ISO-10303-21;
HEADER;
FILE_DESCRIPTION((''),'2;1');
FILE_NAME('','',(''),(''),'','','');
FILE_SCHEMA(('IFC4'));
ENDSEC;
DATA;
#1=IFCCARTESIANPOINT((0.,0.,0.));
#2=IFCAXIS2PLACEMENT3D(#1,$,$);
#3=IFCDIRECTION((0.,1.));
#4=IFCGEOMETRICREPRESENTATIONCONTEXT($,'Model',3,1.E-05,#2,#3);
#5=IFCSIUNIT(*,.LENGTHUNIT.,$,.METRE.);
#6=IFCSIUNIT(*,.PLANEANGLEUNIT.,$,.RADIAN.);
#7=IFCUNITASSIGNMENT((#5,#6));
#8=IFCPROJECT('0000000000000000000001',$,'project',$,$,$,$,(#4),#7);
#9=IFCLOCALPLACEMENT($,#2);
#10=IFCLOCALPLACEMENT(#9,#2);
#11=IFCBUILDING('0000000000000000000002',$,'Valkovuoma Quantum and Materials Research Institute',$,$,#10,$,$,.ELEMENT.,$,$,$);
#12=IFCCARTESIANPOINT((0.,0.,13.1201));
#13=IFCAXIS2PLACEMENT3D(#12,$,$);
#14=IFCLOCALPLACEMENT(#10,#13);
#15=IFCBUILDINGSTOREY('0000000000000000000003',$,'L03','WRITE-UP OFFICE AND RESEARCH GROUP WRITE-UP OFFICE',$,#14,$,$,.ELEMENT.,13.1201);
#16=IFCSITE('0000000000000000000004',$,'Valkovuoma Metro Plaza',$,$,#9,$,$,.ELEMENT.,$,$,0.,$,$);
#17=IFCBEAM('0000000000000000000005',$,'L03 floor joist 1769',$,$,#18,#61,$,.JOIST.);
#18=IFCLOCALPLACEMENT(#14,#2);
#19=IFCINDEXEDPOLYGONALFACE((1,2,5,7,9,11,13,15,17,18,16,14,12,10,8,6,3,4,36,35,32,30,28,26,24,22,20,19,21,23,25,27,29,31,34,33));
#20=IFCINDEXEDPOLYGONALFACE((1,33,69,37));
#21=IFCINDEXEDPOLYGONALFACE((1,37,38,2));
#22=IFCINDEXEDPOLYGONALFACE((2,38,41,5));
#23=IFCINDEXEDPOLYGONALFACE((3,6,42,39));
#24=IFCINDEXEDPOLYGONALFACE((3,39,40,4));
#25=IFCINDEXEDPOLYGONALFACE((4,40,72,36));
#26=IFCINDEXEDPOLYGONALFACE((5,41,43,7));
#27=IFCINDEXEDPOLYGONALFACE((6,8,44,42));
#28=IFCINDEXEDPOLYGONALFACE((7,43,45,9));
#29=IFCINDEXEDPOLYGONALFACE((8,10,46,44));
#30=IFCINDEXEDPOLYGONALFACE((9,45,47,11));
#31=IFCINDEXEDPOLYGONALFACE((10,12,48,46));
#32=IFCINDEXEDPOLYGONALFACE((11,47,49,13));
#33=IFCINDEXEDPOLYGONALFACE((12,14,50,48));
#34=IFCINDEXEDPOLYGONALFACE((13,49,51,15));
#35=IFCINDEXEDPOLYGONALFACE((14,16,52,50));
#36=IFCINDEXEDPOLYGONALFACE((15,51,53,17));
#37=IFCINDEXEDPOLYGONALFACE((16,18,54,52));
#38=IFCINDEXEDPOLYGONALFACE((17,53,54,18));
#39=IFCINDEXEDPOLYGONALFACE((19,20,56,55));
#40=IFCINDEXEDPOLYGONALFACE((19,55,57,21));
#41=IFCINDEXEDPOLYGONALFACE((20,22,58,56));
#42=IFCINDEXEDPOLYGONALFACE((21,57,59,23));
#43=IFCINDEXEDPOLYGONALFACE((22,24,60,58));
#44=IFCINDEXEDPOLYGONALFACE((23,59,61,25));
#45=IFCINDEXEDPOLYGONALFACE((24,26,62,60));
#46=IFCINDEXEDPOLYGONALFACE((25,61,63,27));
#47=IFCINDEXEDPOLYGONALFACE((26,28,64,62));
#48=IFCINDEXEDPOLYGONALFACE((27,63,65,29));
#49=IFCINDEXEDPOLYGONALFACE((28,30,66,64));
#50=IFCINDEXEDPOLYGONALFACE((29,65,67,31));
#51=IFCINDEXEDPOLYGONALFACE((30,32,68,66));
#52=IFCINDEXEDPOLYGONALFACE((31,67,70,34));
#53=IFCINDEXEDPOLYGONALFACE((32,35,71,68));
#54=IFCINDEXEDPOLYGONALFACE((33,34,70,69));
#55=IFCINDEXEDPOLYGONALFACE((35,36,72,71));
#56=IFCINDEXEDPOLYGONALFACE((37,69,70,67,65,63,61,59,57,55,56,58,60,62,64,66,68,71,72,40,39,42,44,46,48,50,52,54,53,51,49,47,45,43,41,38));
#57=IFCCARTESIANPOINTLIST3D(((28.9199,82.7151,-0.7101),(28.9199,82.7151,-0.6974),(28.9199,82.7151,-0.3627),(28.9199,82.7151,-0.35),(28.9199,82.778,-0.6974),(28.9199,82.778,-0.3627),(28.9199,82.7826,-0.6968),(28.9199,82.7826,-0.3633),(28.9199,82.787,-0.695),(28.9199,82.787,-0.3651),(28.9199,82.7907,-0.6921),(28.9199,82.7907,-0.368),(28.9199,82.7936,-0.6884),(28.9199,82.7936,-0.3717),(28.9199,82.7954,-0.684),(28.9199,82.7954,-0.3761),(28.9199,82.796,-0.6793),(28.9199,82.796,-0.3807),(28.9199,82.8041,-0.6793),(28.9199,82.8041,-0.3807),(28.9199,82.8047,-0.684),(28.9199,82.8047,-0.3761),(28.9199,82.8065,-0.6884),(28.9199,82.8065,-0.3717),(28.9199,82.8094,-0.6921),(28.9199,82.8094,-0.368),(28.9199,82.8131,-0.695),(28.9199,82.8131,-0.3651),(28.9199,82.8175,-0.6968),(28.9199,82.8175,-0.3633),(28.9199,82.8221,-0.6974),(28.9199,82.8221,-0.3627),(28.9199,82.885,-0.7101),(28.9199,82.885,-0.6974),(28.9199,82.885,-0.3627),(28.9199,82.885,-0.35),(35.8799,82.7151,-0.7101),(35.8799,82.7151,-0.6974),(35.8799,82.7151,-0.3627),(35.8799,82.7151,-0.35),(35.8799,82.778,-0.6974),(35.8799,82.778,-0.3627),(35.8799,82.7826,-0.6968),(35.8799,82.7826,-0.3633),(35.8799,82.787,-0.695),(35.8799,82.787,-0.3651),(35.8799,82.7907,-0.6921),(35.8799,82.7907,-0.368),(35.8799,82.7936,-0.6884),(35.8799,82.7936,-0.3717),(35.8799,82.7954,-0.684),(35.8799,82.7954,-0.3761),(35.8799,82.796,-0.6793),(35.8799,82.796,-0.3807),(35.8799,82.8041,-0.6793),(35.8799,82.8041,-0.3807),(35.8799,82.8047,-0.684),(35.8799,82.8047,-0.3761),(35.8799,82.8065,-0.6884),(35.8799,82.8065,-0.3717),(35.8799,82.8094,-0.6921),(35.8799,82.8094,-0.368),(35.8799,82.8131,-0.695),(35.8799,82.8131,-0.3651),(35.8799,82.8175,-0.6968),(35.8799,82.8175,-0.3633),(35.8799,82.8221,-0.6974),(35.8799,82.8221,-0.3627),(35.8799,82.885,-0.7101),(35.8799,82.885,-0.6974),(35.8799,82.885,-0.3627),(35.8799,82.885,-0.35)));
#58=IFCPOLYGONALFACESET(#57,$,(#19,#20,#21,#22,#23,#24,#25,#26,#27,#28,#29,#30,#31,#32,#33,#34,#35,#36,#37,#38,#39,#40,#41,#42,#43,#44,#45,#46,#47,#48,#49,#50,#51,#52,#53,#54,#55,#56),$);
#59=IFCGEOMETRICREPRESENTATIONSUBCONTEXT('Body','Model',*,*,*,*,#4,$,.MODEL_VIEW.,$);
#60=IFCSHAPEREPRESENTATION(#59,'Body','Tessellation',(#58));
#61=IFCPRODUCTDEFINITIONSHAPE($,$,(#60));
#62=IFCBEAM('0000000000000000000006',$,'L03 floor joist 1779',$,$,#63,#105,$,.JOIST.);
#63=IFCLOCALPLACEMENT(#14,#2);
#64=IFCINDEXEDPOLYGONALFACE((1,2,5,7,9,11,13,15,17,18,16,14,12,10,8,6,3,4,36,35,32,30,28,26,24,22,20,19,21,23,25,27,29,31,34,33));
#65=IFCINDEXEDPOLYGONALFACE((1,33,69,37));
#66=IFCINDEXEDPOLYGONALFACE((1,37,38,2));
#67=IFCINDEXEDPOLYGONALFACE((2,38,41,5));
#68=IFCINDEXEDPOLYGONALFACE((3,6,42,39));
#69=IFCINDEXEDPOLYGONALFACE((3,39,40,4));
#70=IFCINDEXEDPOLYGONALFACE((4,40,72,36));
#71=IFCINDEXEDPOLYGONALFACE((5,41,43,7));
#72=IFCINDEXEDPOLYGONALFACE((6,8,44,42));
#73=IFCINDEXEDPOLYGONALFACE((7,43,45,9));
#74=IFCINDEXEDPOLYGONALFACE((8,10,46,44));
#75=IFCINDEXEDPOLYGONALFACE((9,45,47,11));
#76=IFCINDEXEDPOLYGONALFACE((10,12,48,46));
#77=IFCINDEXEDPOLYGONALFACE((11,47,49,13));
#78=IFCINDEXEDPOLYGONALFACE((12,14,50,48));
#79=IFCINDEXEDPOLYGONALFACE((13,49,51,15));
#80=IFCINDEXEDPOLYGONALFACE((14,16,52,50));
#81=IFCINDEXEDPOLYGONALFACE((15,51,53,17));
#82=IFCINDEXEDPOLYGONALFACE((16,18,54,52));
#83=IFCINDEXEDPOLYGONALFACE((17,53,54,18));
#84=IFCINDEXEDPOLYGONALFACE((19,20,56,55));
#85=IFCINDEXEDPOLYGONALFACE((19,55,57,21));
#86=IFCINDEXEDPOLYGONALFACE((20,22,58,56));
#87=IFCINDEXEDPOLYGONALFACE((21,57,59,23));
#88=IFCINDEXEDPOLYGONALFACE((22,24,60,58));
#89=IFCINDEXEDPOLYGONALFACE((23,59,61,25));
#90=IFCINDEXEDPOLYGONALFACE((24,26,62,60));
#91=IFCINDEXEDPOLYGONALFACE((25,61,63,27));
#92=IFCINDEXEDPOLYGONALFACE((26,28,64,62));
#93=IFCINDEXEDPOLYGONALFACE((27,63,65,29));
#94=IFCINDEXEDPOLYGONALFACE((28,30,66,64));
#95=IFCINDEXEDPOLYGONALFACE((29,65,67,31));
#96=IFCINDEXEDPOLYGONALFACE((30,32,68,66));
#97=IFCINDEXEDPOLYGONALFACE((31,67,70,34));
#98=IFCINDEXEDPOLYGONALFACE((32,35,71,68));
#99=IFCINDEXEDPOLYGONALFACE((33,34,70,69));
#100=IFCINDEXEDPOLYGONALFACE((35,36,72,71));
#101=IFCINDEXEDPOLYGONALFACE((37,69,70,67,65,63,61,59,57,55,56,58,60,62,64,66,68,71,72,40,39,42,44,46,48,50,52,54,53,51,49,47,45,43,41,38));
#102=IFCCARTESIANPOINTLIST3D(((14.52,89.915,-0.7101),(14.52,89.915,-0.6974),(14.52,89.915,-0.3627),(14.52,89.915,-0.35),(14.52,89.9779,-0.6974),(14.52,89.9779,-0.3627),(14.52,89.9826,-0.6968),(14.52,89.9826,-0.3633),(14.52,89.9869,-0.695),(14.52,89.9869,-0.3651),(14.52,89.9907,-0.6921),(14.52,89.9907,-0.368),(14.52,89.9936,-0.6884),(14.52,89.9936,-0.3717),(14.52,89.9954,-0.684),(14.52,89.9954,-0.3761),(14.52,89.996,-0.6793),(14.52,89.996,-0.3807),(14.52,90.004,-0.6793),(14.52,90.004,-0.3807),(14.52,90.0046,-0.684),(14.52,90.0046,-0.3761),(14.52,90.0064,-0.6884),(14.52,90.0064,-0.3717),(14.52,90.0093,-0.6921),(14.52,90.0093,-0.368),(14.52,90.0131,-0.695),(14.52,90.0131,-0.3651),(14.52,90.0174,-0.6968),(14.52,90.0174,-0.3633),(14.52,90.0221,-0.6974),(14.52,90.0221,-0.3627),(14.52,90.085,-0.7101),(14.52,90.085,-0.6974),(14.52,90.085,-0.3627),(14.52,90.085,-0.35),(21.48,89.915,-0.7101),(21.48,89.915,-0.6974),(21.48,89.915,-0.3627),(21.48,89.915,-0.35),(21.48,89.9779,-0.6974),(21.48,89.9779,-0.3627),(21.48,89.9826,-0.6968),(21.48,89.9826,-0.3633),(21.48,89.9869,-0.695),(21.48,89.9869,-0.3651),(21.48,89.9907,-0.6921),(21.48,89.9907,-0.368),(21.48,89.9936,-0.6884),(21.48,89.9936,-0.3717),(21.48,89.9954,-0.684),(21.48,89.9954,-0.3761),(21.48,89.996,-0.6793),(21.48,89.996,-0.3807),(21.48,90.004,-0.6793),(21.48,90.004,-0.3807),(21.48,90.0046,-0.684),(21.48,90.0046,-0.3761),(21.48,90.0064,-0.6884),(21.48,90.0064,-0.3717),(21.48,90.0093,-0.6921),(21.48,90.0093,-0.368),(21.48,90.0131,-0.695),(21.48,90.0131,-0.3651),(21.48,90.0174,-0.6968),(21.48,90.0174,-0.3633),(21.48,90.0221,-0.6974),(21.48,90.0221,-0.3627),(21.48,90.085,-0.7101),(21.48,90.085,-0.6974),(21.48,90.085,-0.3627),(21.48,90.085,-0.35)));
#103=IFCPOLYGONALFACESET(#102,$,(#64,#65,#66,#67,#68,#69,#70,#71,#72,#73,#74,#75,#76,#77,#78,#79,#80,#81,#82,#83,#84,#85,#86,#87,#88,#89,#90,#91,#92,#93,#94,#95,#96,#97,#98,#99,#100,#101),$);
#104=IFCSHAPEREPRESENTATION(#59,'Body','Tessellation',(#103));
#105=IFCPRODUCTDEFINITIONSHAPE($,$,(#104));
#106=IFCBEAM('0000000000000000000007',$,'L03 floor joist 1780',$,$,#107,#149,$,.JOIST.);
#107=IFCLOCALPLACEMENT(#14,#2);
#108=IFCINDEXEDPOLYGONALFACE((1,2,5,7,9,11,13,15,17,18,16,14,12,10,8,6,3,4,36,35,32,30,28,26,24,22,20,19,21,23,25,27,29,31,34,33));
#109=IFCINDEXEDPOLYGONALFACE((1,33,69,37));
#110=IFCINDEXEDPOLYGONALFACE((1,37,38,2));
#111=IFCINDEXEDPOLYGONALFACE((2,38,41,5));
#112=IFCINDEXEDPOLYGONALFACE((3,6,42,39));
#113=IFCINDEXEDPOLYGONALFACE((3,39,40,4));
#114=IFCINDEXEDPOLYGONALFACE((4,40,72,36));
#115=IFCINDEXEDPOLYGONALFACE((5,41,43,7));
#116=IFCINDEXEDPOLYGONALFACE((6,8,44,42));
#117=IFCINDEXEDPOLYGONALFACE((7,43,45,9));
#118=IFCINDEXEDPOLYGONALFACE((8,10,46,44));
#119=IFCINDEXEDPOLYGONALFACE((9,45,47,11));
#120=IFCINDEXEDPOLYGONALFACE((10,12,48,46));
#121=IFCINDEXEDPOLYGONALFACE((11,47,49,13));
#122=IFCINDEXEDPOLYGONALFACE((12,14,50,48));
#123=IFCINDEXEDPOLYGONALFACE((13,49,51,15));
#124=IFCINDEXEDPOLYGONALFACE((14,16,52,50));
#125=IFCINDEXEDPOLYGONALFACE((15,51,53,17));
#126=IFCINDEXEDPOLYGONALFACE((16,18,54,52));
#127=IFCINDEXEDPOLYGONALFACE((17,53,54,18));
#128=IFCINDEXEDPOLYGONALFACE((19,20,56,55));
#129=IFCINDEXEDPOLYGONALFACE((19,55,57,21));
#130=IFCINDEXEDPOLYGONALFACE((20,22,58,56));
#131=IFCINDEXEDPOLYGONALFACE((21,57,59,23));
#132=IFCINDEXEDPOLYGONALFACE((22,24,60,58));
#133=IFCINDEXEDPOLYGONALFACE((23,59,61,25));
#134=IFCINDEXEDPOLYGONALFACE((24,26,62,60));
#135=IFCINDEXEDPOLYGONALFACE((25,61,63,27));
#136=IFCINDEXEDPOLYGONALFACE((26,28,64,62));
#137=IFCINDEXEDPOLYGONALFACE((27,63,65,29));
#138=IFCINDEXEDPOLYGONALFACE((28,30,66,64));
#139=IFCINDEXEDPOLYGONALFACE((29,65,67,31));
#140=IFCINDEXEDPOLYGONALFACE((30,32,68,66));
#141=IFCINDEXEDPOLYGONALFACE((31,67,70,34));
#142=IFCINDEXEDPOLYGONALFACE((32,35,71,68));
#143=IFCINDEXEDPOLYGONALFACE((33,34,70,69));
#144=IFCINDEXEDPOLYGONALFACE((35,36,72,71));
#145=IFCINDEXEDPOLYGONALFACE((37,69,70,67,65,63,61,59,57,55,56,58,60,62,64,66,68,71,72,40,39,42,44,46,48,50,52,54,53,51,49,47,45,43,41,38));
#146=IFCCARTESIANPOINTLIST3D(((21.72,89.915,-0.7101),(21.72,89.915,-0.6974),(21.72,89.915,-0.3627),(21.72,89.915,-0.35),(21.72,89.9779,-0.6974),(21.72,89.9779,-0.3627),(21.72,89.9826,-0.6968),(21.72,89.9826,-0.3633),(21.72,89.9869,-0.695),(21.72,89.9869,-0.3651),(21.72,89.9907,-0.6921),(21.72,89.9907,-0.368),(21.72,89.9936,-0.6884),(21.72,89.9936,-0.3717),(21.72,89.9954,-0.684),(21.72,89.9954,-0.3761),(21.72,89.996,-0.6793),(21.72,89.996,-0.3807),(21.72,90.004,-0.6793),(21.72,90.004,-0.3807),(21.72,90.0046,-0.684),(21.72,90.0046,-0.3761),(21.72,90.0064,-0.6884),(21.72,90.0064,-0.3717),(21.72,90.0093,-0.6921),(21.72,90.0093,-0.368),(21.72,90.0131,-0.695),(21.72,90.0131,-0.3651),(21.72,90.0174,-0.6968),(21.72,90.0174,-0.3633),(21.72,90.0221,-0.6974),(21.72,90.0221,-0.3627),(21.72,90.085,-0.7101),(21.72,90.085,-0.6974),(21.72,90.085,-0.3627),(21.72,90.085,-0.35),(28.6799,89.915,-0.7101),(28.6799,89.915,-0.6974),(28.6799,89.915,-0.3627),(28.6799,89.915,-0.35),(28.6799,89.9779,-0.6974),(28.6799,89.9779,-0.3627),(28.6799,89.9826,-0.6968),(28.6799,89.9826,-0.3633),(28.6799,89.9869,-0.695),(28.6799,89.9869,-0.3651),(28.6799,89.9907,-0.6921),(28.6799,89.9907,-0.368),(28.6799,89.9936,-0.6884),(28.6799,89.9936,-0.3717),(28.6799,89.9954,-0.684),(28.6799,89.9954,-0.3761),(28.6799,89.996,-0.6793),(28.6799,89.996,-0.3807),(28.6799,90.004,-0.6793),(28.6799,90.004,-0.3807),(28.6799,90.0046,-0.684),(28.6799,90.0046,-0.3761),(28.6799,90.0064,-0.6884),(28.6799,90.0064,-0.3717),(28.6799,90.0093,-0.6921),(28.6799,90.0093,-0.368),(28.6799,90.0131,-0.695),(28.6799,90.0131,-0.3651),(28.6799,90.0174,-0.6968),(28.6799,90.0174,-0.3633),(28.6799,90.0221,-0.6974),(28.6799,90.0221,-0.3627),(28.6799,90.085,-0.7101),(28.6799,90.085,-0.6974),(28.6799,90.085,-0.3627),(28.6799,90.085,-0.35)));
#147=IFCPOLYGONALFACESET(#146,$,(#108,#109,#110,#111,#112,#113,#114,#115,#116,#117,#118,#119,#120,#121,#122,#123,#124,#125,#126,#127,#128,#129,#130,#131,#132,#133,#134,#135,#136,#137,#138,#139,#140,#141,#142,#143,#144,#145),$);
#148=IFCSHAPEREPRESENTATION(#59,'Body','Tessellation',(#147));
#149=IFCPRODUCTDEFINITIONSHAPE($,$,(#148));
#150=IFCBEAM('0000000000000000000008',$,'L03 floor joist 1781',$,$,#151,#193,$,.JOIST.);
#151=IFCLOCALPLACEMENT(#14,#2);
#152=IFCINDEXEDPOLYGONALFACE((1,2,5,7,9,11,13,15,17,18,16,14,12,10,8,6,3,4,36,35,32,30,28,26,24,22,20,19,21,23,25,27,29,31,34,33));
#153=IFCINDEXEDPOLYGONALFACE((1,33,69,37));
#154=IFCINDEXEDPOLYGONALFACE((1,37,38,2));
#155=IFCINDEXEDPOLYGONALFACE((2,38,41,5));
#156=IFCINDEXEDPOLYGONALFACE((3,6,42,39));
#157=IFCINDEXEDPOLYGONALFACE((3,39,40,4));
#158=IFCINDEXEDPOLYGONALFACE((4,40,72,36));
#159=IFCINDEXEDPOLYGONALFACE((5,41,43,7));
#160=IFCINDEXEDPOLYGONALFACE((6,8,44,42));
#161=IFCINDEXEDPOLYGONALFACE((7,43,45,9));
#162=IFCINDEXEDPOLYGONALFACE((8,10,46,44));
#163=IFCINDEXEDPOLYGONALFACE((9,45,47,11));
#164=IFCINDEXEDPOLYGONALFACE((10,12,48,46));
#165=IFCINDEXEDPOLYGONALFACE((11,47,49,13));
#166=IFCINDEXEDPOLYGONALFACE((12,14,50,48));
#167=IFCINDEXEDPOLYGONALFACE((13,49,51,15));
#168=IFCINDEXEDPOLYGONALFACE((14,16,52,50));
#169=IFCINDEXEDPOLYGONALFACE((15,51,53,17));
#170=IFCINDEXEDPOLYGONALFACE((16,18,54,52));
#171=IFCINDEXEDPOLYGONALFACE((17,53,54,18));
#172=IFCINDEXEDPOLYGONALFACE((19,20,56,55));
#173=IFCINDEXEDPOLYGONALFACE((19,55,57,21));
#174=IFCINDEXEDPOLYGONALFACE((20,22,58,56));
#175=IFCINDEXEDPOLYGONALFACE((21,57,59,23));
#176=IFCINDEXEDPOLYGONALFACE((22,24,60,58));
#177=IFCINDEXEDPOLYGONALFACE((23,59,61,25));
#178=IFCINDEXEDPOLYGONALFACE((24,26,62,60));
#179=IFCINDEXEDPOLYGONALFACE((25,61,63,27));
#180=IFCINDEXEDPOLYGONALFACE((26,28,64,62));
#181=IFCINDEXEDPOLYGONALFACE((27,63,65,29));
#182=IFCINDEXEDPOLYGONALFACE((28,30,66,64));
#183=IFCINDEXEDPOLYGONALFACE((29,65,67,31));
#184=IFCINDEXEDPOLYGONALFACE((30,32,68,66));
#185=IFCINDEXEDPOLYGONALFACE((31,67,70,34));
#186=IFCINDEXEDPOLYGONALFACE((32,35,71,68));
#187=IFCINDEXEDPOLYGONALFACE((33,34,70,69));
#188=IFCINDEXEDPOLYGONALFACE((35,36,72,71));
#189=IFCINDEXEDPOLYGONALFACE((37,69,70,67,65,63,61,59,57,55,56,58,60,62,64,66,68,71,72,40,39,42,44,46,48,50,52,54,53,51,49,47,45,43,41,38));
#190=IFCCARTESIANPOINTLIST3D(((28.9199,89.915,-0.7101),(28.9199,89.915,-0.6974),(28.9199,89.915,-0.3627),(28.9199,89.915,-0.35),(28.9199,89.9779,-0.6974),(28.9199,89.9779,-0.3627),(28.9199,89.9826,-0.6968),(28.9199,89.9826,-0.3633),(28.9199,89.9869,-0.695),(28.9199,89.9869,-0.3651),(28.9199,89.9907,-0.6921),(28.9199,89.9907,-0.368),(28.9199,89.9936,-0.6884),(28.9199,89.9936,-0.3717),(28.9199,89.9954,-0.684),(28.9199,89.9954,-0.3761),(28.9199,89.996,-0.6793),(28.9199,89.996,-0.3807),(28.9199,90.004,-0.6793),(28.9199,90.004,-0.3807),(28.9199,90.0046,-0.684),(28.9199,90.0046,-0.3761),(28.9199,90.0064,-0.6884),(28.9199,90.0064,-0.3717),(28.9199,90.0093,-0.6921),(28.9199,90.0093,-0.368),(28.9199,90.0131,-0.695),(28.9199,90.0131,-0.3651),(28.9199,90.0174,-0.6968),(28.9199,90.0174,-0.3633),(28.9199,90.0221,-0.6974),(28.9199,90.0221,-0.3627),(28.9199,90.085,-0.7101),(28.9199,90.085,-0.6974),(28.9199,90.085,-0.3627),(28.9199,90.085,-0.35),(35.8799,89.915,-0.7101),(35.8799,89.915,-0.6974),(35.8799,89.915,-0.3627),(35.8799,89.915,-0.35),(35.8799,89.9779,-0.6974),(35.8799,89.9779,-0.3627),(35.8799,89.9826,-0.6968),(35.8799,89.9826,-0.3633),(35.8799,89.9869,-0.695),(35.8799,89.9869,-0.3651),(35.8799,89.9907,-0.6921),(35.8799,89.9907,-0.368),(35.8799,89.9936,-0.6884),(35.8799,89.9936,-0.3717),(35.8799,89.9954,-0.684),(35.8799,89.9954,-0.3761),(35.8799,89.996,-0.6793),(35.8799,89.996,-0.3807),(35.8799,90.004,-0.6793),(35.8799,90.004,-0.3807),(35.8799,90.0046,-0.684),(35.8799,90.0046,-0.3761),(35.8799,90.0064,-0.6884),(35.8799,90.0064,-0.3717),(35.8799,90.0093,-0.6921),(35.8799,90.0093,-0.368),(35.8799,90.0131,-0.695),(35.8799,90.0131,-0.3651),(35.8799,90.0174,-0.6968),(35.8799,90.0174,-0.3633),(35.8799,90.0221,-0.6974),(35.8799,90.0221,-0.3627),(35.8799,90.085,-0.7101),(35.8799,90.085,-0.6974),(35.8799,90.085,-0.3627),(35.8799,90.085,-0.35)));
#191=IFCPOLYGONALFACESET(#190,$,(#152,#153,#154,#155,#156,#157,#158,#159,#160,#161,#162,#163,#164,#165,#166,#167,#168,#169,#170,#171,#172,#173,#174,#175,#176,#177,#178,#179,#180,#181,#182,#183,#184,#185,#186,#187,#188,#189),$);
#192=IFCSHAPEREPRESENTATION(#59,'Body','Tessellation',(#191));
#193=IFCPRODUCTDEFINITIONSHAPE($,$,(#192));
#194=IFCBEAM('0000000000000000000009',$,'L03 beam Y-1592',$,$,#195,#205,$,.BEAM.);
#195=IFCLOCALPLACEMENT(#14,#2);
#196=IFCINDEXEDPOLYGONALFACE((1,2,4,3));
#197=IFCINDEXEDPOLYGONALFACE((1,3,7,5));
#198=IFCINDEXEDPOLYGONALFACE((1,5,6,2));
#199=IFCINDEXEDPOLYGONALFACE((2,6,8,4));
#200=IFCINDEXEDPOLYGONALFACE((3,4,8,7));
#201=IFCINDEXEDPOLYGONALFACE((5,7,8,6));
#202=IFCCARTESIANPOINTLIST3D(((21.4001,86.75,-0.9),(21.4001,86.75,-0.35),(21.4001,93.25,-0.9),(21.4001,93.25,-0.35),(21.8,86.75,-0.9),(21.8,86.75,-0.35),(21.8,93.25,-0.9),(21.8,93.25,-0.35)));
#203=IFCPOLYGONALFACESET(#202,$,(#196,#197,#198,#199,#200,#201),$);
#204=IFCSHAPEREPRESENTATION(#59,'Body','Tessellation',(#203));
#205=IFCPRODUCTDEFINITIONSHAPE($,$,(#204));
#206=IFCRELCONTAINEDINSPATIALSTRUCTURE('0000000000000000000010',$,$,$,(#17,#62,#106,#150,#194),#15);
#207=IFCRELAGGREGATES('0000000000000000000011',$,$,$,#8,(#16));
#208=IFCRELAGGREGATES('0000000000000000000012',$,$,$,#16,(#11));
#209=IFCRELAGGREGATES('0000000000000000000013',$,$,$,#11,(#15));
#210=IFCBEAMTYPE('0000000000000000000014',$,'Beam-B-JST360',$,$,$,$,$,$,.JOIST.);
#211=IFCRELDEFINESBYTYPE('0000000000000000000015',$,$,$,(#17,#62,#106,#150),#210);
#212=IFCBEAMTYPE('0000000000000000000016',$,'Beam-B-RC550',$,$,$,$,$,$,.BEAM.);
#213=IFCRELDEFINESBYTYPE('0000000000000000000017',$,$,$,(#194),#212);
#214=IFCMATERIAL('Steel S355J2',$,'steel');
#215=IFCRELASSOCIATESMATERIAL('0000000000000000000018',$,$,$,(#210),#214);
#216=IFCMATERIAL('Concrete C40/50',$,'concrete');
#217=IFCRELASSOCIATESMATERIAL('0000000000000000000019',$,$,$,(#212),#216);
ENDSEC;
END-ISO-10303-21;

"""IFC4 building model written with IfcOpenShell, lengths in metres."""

from ifc_helpers import new_model, si_unit, direction, frame, origin, origin_2d, place, context, subcontext, project, spatial, rectangle, i_section, extrude, material, material_profile, profile_set, type_object, element, save


model = new_model("IFC4")

# Units and contexts
model_context = context("Model", 3, precision=1e-05, world=origin(), true_north=direction((0.0, 1.0)))
body_context = subcontext(model_context, "Body", "Model", "MODEL_VIEW")
ifc_project = project(units=[si_unit("LENGTHUNIT", "METRE"), si_unit("PLANEANGLEUNIT", "RADIAN")], contexts=[model_context])

# Site, building, storey
site_placement = place(None, origin())
site = spatial("IfcSite", under=ifc_project, at=site_placement, Name="Valkovuoma Metro Plaza", CompositionType="ELEMENT", RefElevation=0.0)
building_placement = place(site_placement, origin())
building = spatial("IfcBuilding", under=site, at=building_placement, Name="Valkovuoma Quantum and Materials Research Institute", CompositionType="ELEMENT")
storey_placement = place(building_placement, frame((0.0, 0.0, 13.1201)))
storey = spatial("IfcBuildingStorey", under=building, at=storey_placement, Name="L03", Description="WRITE-UP OFFICE AND RESEARCH GROUP WRITE-UP OFFICE", CompositionType="ELEMENT", Elevation=13.1201)

# Beams
ifc_material_1 = material(Name="Steel S355J2", Category="steel")
ifc_material_profile_1 = material_profile(ifc_material_1, i_section(OverallWidth=0.1699, OverallDepth=0.3601, WebThickness=0.0081, FlangeThickness=0.0127, FilletRadius=0.0181, at=origin_2d()), Name="Steel S355J2")
ifc_profile_set_1 = profile_set([ifc_material_profile_1], Name="Steel S355J2")
beam_type_1 = type_object("IfcBeamType", Name="Beam-B-JST360", PredefinedType="JOIST", material=ifc_profile_set_1)
for number, where, z_axis, x_axis, name in (
    (1, (28.9199, 82.8, -0.53), (1.0, 0.0, 0.0), (0.0, 1.0, 0.0), "L03 floor joist 1769"),
    (2, (14.52, 90.0, -0.53), (1.0, 0.0, 0.0), (0.0, 1.0, 0.0), "L03 floor joist 1779"),
    (3, (21.72, 90.0, -0.53), (1.0, 0.0, 0.0), (0.0, 1.0, 0.0), "L03 floor joist 1780"),
    (4, (28.9199, 90.0, -0.53), (1.0, 0.0, 0.0), (0.0, 1.0, 0.0), "L03 floor joist 1781"),
):
    element("IfcBeam", number, at=place(storey_placement, frame(where, z_axis=z_axis, x_axis=x_axis)), inside=storey, type_object=beam_type_1, Name=name, PredefinedType="JOIST", context=body_context, shape_type="SweptSolid", body=[
        extrude(i_section(OverallWidth=0.1699, OverallDepth=0.3601, WebThickness=0.0081, FlangeThickness=0.0127, FilletRadius=0.0181, at=origin_2d()), origin(), (0.0, 0.0, 1.0), 6.96),
    ])
ifc_material_2 = material(Name="Concrete C40/50", Category="concrete")
ifc_material_profile_2 = material_profile(ifc_material_2, rectangle(XDim=0.3999, YDim=0.55, at=origin_2d()), Name="Concrete C40/50")
ifc_profile_set_2 = profile_set([ifc_material_profile_2], Name="Concrete C40/50")
beam_type_2 = type_object("IfcBeamType", Name="Beam-B-RC550", PredefinedType="BEAM", material=ifc_profile_set_2)
for number, where, z_axis, x_axis, name in (
    (5, (21.6001, 86.75, -0.625), (0.0, 1.0, 0.0), (-1.0, 0.0, 0.0), "L03 beam Y-1592"),
):
    element("IfcBeam", number, at=place(storey_placement, frame(where, z_axis=z_axis, x_axis=x_axis)), inside=storey, type_object=beam_type_2, Name=name, PredefinedType="BEAM", context=body_context, shape_type="SweptSolid", body=[
        extrude(rectangle(XDim=0.3999, YDim=0.55, at=origin_2d()), origin(), (0.0, 0.0, 1.0), 6.5),
    ])

save(model, "model.ifc")
